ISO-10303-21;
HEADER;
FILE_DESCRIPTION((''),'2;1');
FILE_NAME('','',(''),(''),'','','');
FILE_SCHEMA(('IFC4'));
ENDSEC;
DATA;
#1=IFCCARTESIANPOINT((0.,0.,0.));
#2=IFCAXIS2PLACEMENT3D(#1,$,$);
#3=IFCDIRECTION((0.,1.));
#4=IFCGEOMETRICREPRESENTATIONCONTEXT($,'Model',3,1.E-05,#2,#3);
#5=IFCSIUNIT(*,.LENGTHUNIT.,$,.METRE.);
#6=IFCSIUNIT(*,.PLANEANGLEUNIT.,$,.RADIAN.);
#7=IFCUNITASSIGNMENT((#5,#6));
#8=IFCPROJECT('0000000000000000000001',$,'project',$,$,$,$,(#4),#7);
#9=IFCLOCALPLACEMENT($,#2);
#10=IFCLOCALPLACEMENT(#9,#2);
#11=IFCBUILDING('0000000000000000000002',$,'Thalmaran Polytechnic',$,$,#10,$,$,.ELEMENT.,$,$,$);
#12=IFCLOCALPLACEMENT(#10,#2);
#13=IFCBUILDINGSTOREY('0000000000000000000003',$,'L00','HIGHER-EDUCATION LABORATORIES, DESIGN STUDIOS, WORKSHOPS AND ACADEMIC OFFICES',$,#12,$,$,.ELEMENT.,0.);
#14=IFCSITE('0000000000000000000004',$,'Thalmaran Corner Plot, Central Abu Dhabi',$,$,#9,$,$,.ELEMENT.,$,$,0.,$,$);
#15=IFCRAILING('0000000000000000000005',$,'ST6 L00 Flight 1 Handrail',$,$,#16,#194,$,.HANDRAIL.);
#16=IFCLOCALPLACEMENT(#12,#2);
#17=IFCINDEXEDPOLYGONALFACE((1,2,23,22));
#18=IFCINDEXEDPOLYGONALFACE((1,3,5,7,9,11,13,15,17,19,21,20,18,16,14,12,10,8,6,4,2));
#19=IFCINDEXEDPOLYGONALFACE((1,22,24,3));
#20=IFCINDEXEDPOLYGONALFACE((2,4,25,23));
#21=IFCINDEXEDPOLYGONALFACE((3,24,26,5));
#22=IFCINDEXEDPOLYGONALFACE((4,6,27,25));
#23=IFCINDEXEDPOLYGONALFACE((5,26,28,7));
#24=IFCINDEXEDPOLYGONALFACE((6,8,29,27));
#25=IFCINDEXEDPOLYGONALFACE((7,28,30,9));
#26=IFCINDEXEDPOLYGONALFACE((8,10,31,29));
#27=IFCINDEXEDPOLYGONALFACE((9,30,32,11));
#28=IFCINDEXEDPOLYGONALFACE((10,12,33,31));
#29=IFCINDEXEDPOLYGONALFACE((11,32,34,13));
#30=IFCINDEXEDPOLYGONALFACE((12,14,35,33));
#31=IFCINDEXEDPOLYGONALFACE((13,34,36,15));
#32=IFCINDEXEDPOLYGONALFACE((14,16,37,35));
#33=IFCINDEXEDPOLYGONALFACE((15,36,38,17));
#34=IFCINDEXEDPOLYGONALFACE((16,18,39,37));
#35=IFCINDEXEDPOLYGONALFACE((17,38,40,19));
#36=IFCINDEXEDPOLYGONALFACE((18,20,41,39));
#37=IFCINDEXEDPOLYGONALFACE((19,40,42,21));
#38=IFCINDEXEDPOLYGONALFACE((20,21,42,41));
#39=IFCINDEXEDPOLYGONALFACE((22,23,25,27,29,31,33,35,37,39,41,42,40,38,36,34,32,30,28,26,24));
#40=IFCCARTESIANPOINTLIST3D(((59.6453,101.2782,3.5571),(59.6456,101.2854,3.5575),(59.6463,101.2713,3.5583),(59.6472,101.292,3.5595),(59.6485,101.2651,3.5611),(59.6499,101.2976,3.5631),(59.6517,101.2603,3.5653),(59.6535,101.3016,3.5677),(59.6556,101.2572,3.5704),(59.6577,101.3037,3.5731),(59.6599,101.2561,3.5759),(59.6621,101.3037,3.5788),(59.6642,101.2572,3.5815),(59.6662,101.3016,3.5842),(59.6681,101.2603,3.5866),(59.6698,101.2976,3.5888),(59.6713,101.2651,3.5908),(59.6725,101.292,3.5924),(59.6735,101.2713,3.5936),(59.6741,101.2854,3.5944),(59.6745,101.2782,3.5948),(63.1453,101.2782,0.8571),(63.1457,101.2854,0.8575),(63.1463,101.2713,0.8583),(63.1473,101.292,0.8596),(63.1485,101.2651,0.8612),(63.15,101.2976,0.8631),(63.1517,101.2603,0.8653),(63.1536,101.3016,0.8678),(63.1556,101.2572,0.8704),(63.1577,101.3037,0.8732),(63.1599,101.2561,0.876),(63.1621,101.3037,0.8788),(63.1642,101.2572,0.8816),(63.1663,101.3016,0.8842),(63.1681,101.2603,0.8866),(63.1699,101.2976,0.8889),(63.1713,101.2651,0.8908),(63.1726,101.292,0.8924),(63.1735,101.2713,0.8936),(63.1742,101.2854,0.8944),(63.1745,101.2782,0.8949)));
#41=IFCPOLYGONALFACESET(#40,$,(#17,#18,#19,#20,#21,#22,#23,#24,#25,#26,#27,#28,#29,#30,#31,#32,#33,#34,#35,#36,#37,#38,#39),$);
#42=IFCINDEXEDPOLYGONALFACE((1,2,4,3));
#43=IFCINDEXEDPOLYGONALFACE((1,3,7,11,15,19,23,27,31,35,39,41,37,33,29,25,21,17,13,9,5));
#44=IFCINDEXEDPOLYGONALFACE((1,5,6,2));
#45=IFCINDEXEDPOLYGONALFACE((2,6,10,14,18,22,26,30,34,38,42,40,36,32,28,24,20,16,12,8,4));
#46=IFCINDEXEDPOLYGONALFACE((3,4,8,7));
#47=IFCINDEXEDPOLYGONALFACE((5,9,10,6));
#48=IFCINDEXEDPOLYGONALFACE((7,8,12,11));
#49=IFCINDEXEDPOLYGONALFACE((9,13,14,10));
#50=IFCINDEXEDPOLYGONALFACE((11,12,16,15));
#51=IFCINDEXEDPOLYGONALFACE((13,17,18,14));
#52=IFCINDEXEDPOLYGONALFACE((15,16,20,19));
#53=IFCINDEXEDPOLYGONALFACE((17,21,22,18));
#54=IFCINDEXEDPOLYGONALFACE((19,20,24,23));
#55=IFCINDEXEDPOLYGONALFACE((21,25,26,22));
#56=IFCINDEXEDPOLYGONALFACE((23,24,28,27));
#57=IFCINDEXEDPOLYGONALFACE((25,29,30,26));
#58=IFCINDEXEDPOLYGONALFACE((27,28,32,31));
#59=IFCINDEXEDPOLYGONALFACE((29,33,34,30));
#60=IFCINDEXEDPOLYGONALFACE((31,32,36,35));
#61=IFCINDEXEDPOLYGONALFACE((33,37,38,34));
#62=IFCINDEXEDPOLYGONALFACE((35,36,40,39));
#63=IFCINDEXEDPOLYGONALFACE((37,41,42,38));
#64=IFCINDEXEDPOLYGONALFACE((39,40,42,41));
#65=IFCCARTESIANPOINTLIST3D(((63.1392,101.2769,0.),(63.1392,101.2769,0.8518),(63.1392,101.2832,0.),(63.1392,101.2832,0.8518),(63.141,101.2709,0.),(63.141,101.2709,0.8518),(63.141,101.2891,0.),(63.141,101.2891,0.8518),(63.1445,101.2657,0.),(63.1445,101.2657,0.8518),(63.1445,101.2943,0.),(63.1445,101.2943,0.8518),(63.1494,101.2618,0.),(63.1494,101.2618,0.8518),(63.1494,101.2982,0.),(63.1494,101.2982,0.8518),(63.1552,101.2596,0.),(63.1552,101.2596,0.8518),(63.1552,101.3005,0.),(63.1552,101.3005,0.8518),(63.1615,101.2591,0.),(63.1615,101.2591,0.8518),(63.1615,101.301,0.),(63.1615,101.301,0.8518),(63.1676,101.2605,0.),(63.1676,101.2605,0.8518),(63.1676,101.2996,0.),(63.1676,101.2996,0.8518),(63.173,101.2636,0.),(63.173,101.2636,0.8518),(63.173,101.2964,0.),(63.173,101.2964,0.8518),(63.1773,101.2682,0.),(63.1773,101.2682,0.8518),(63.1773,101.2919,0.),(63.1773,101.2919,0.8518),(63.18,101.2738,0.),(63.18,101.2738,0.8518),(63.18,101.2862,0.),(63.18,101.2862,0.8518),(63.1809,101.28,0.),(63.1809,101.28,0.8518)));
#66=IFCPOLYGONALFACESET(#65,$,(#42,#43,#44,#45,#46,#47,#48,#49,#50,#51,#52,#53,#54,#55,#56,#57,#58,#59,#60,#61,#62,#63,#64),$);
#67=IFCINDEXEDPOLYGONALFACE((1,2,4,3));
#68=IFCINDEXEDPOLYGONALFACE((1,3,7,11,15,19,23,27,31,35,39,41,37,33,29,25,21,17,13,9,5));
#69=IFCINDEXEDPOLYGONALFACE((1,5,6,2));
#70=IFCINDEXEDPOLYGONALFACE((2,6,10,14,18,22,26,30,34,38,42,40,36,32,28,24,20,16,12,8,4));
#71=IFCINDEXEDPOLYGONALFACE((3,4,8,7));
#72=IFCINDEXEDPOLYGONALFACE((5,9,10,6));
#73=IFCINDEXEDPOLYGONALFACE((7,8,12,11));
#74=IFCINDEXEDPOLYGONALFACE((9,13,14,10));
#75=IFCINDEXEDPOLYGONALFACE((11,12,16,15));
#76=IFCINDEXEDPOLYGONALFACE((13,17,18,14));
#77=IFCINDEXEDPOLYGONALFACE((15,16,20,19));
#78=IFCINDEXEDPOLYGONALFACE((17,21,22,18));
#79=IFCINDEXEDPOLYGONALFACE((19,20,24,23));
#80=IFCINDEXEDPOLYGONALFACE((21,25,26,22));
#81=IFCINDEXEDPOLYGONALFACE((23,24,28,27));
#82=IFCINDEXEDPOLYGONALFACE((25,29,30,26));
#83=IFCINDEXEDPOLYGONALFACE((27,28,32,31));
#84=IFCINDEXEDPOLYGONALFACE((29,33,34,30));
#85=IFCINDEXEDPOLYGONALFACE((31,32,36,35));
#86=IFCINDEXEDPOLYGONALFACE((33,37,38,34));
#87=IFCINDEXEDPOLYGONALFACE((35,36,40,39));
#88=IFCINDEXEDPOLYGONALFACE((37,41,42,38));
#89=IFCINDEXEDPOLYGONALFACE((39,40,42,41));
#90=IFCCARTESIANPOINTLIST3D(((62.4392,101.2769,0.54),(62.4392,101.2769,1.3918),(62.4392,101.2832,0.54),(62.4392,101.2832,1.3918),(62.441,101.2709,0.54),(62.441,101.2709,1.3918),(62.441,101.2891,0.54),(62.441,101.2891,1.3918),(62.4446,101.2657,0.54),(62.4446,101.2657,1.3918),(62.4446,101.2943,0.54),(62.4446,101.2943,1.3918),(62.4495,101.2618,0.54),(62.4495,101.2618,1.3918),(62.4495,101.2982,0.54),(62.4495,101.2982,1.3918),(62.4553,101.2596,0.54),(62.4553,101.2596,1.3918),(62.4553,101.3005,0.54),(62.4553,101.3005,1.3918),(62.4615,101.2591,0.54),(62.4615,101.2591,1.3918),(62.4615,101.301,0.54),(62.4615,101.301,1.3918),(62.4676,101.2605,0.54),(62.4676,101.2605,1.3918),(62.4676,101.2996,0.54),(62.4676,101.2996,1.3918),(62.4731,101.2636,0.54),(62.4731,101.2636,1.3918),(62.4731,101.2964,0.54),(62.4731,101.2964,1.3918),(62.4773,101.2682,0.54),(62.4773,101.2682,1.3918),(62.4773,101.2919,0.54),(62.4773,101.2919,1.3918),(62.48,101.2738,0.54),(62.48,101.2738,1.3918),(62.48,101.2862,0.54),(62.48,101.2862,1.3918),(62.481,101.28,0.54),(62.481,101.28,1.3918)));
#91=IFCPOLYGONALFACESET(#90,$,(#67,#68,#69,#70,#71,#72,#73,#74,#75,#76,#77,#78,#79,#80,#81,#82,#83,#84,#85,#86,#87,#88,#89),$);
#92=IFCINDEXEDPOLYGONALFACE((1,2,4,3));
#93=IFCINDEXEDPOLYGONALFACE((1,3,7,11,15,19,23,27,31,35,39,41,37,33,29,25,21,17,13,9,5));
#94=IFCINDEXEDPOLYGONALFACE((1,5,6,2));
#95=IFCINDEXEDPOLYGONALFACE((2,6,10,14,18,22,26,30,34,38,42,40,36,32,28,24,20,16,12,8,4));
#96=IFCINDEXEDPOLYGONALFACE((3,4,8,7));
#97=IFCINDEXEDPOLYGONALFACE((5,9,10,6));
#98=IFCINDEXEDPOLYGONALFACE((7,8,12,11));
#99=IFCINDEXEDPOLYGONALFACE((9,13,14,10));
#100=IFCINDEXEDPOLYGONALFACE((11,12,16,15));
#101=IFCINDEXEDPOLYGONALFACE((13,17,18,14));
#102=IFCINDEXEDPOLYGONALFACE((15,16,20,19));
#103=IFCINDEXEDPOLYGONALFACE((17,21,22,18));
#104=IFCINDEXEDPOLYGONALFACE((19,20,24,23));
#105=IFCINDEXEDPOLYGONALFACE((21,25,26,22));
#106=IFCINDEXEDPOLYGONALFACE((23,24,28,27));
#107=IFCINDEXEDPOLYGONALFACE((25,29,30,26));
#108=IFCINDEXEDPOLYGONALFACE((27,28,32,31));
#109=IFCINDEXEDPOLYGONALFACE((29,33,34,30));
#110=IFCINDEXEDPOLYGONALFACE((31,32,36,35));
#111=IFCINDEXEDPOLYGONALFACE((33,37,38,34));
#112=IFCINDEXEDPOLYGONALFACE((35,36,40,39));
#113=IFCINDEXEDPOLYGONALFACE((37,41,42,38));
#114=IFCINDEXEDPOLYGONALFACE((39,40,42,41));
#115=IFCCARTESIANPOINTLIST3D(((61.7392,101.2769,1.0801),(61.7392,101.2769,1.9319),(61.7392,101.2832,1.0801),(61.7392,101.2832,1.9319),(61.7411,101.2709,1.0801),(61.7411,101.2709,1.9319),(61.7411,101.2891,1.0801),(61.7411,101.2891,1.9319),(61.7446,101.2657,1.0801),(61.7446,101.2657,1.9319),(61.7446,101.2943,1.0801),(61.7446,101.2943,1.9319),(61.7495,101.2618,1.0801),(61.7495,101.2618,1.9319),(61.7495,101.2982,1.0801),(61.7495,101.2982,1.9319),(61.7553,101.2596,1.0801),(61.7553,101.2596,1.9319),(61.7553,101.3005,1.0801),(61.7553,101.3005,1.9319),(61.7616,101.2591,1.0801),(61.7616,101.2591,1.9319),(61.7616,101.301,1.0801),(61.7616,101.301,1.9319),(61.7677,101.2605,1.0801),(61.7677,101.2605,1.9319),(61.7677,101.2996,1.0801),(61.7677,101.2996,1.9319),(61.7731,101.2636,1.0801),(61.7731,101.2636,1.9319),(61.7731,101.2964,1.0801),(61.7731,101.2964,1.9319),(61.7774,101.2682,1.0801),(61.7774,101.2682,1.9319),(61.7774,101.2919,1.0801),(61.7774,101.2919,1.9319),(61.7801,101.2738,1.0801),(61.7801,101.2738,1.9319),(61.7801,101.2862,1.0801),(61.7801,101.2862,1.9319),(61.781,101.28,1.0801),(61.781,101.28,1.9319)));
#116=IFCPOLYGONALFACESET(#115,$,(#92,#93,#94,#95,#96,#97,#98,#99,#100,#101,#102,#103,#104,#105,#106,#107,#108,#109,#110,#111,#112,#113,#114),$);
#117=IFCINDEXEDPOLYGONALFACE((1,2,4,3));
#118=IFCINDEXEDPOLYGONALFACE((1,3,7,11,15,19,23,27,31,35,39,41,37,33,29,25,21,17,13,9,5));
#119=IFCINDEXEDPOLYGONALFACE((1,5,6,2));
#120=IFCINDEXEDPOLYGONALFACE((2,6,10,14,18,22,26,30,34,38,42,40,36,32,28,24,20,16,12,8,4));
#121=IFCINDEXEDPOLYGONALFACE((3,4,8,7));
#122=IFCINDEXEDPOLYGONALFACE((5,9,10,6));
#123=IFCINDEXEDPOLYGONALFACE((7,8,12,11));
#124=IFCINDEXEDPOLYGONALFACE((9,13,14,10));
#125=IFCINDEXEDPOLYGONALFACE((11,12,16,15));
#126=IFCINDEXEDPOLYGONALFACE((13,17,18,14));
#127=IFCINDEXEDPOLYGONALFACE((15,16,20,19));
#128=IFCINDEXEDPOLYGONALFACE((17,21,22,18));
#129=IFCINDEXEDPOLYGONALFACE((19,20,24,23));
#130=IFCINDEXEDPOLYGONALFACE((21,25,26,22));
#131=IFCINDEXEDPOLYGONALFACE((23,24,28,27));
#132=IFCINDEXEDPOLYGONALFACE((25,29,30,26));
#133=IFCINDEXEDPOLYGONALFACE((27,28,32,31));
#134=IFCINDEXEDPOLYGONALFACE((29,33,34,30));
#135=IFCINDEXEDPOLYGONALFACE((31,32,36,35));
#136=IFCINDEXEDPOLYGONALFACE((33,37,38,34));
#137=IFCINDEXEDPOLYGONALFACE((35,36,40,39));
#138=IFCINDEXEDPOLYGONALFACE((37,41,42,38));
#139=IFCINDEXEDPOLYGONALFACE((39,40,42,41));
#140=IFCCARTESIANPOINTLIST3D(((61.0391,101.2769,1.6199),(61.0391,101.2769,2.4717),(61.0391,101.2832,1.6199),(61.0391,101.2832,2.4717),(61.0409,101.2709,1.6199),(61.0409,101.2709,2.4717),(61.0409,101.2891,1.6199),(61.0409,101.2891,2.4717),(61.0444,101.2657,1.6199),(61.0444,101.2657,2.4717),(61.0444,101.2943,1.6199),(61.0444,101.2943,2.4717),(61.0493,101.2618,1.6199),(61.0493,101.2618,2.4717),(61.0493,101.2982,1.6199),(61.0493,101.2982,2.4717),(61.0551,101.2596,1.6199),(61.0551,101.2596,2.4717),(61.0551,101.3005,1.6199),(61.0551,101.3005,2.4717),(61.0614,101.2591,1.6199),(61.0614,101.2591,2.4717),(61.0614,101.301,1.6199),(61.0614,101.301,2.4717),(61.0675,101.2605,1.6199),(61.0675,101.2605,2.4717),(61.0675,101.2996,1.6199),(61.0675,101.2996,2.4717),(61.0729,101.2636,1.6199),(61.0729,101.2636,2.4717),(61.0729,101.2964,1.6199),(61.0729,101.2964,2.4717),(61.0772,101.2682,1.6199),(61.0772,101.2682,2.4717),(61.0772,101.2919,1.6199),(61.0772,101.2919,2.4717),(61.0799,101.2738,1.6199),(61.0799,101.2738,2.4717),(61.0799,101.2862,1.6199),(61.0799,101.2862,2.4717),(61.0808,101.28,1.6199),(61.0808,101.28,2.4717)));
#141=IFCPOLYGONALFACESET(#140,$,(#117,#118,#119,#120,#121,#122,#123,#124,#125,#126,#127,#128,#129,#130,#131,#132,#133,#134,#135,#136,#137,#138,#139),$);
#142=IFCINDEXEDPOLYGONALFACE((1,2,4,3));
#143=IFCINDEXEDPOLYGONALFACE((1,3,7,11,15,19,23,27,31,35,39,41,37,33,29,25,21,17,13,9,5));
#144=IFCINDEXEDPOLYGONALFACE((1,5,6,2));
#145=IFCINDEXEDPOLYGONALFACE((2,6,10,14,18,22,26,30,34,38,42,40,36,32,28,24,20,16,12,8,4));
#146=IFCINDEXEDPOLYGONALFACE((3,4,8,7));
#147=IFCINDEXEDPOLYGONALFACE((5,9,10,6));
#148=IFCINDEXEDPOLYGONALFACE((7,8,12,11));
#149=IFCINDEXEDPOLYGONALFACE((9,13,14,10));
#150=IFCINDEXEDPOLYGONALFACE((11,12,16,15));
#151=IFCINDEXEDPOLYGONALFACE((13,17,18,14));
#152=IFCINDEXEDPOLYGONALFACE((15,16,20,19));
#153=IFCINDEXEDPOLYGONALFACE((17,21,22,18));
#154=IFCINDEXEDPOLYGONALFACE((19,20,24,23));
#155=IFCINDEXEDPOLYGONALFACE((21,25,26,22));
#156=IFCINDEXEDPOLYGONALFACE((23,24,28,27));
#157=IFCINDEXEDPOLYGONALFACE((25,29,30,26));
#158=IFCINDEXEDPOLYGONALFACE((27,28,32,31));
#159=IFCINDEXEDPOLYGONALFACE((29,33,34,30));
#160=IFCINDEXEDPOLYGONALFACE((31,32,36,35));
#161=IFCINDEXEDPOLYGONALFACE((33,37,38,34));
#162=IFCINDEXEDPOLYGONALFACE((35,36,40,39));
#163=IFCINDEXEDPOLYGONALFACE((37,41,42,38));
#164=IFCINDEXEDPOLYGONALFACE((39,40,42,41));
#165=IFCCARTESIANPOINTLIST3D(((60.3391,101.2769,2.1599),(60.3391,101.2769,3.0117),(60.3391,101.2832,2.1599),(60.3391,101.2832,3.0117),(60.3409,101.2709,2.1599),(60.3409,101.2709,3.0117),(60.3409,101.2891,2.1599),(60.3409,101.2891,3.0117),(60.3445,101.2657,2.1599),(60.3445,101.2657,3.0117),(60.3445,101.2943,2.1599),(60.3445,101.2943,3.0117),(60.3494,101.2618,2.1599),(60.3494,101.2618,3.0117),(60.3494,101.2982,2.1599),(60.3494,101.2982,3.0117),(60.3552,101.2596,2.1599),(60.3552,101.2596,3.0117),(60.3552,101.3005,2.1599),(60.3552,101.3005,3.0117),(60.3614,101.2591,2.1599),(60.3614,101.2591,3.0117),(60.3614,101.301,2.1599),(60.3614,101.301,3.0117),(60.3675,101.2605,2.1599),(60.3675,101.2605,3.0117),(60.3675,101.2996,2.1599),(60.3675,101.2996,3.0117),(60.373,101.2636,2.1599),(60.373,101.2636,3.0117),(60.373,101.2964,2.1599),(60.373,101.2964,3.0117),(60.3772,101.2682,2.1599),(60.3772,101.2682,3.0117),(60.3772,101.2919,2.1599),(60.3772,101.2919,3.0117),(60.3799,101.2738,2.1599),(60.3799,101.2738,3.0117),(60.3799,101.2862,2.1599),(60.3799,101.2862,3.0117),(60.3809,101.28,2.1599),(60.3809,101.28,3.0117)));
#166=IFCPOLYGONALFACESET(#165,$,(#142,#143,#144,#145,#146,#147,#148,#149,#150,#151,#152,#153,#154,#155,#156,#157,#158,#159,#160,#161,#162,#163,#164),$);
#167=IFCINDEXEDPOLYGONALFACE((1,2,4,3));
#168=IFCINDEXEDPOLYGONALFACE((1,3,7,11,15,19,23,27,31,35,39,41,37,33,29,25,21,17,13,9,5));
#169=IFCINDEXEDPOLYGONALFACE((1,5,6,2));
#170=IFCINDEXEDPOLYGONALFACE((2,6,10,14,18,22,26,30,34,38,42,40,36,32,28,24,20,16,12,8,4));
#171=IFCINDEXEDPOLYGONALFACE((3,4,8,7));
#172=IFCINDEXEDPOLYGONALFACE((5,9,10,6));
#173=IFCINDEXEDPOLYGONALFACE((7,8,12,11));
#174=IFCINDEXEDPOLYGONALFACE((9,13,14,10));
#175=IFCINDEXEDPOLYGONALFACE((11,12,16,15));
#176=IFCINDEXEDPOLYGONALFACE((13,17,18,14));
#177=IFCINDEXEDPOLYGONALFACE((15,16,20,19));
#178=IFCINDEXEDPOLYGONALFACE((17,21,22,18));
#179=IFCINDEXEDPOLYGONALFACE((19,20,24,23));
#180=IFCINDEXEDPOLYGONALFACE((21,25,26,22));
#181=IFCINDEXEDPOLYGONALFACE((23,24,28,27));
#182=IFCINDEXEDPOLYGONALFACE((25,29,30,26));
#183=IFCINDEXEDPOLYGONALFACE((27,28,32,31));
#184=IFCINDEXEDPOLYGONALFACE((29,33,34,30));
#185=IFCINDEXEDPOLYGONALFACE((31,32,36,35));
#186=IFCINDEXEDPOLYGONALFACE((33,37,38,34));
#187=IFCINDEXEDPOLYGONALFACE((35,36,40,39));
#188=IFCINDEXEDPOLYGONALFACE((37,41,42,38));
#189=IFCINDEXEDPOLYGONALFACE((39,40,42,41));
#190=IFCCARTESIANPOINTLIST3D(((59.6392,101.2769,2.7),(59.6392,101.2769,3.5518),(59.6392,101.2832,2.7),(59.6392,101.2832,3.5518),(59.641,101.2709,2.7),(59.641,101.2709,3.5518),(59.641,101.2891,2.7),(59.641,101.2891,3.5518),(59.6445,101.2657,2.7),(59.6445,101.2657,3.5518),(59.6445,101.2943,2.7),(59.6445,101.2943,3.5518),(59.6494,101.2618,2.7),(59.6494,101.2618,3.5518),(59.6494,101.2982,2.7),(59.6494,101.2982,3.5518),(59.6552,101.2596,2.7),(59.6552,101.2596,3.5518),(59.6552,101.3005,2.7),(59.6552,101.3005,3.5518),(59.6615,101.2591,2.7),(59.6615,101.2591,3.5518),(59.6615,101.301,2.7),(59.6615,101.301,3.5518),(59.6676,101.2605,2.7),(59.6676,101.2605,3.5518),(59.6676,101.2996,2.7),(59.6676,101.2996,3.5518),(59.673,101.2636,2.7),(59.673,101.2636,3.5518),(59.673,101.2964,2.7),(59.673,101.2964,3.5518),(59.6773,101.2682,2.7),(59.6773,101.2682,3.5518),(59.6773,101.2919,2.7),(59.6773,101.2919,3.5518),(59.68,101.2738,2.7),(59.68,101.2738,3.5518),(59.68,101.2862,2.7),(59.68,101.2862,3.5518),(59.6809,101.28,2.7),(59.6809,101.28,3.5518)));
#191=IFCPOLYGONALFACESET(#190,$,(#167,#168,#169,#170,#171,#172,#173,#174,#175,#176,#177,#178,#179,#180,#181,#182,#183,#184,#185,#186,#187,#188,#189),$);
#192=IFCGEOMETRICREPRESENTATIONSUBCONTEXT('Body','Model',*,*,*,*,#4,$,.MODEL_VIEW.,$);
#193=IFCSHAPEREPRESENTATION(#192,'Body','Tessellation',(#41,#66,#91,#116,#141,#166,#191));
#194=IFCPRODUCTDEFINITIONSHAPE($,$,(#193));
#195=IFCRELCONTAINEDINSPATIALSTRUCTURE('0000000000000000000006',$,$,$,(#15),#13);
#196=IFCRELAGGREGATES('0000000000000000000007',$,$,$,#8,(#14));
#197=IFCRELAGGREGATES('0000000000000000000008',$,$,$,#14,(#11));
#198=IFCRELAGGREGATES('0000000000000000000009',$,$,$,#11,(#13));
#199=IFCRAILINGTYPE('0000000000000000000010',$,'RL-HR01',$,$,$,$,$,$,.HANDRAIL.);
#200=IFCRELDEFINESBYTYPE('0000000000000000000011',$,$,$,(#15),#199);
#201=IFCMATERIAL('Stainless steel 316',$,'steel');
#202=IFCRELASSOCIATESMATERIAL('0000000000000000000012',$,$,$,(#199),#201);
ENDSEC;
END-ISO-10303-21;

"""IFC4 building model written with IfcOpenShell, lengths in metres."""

from ifc_helpers import new_model, si_unit, direction, frame, origin, origin_2d, place, context, subcontext, project, spatial, circle, extrude, material, type_object, element, save


model = new_model("IFC4")

# Units and contexts
model_context = context("Model", 3, precision=1e-05, world=origin(), true_north=direction((0.0, 1.0)))
body_context = subcontext(model_context, "Body", "Model", "MODEL_VIEW")
ifc_project = project(units=[si_unit("LENGTHUNIT", "METRE"), si_unit("PLANEANGLEUNIT", "RADIAN")], contexts=[model_context])

# Site, building, storey
site_placement = place(None, origin())
site = spatial("IfcSite", under=ifc_project, at=site_placement, Name="Thalmaran Corner Plot, Central Abu Dhabi", CompositionType="ELEMENT", RefElevation=0.0)
building_placement = place(site_placement, origin())
building = spatial("IfcBuilding", under=site, at=building_placement, Name="Thalmaran Polytechnic", CompositionType="ELEMENT")
storey_placement = place(building_placement, origin())
storey = spatial("IfcBuildingStorey", under=building, at=storey_placement, Name="L00", Description="HIGHER-EDUCATION LABORATORIES, DESIGN STUDIOS, WORKSHOPS AND ACADEMIC OFFICES", CompositionType="ELEMENT", Elevation=0.0)

# Railing
ifc_material_1 = material(Name="Stainless steel 316", Category="steel")
railing_type_1 = type_object("IfcRailingType", Name="RL-HR01", PredefinedType="HANDRAIL", material=ifc_material_1)
railing_1_placement = place(storey_placement, frame((63.1599, 101.28, 0.0)))
element("IfcRailing", 1, at=railing_1_placement, inside=storey, type_object=railing_type_1, Name="ST6 L00 Flight 1 Handrail", PredefinedType="HANDRAIL", context=body_context, shape_type="SweptSolid", body=[
    extrude(circle(Radius=0.0239, at=origin_2d()), frame((0.0, 0.0, 0.876), z_axis=(-0.791788, 0.0, 0.610797), x_axis=(0.0, -1.0, 0.0)), (0.0, 0.0, 1.0), 4.4204),
    extrude(circle(Radius=0.021, at=origin_2d()), origin(), (0.0, 0.0, 1.0), 0.8518),
    extrude(circle(Radius=0.021, at=origin_2d()), frame((-0.7, 0.0, 0.54)), (0.0, 0.0, 1.0), 0.8518),
    extrude(circle(Radius=0.021, at=origin_2d()), frame((-1.3999, 0.0, 1.0801)), (0.0, 0.0, 1.0), 0.8518),
    extrude(circle(Radius=0.021, at=origin_2d()), frame((-2.1001, 0.0, 1.6199)), (0.0, 0.0, 1.0), 0.8518),
    extrude(circle(Radius=0.021, at=origin_2d()), frame((-2.8, 0.0, 2.1599)), (0.0, 0.0, 1.0), 0.8518),
    extrude(circle(Radius=0.021, at=origin_2d()), frame((-3.5, 0.0, 2.7)), (0.0, 0.0, 1.0), 0.8518),
])

save(model, "model.ifc")
